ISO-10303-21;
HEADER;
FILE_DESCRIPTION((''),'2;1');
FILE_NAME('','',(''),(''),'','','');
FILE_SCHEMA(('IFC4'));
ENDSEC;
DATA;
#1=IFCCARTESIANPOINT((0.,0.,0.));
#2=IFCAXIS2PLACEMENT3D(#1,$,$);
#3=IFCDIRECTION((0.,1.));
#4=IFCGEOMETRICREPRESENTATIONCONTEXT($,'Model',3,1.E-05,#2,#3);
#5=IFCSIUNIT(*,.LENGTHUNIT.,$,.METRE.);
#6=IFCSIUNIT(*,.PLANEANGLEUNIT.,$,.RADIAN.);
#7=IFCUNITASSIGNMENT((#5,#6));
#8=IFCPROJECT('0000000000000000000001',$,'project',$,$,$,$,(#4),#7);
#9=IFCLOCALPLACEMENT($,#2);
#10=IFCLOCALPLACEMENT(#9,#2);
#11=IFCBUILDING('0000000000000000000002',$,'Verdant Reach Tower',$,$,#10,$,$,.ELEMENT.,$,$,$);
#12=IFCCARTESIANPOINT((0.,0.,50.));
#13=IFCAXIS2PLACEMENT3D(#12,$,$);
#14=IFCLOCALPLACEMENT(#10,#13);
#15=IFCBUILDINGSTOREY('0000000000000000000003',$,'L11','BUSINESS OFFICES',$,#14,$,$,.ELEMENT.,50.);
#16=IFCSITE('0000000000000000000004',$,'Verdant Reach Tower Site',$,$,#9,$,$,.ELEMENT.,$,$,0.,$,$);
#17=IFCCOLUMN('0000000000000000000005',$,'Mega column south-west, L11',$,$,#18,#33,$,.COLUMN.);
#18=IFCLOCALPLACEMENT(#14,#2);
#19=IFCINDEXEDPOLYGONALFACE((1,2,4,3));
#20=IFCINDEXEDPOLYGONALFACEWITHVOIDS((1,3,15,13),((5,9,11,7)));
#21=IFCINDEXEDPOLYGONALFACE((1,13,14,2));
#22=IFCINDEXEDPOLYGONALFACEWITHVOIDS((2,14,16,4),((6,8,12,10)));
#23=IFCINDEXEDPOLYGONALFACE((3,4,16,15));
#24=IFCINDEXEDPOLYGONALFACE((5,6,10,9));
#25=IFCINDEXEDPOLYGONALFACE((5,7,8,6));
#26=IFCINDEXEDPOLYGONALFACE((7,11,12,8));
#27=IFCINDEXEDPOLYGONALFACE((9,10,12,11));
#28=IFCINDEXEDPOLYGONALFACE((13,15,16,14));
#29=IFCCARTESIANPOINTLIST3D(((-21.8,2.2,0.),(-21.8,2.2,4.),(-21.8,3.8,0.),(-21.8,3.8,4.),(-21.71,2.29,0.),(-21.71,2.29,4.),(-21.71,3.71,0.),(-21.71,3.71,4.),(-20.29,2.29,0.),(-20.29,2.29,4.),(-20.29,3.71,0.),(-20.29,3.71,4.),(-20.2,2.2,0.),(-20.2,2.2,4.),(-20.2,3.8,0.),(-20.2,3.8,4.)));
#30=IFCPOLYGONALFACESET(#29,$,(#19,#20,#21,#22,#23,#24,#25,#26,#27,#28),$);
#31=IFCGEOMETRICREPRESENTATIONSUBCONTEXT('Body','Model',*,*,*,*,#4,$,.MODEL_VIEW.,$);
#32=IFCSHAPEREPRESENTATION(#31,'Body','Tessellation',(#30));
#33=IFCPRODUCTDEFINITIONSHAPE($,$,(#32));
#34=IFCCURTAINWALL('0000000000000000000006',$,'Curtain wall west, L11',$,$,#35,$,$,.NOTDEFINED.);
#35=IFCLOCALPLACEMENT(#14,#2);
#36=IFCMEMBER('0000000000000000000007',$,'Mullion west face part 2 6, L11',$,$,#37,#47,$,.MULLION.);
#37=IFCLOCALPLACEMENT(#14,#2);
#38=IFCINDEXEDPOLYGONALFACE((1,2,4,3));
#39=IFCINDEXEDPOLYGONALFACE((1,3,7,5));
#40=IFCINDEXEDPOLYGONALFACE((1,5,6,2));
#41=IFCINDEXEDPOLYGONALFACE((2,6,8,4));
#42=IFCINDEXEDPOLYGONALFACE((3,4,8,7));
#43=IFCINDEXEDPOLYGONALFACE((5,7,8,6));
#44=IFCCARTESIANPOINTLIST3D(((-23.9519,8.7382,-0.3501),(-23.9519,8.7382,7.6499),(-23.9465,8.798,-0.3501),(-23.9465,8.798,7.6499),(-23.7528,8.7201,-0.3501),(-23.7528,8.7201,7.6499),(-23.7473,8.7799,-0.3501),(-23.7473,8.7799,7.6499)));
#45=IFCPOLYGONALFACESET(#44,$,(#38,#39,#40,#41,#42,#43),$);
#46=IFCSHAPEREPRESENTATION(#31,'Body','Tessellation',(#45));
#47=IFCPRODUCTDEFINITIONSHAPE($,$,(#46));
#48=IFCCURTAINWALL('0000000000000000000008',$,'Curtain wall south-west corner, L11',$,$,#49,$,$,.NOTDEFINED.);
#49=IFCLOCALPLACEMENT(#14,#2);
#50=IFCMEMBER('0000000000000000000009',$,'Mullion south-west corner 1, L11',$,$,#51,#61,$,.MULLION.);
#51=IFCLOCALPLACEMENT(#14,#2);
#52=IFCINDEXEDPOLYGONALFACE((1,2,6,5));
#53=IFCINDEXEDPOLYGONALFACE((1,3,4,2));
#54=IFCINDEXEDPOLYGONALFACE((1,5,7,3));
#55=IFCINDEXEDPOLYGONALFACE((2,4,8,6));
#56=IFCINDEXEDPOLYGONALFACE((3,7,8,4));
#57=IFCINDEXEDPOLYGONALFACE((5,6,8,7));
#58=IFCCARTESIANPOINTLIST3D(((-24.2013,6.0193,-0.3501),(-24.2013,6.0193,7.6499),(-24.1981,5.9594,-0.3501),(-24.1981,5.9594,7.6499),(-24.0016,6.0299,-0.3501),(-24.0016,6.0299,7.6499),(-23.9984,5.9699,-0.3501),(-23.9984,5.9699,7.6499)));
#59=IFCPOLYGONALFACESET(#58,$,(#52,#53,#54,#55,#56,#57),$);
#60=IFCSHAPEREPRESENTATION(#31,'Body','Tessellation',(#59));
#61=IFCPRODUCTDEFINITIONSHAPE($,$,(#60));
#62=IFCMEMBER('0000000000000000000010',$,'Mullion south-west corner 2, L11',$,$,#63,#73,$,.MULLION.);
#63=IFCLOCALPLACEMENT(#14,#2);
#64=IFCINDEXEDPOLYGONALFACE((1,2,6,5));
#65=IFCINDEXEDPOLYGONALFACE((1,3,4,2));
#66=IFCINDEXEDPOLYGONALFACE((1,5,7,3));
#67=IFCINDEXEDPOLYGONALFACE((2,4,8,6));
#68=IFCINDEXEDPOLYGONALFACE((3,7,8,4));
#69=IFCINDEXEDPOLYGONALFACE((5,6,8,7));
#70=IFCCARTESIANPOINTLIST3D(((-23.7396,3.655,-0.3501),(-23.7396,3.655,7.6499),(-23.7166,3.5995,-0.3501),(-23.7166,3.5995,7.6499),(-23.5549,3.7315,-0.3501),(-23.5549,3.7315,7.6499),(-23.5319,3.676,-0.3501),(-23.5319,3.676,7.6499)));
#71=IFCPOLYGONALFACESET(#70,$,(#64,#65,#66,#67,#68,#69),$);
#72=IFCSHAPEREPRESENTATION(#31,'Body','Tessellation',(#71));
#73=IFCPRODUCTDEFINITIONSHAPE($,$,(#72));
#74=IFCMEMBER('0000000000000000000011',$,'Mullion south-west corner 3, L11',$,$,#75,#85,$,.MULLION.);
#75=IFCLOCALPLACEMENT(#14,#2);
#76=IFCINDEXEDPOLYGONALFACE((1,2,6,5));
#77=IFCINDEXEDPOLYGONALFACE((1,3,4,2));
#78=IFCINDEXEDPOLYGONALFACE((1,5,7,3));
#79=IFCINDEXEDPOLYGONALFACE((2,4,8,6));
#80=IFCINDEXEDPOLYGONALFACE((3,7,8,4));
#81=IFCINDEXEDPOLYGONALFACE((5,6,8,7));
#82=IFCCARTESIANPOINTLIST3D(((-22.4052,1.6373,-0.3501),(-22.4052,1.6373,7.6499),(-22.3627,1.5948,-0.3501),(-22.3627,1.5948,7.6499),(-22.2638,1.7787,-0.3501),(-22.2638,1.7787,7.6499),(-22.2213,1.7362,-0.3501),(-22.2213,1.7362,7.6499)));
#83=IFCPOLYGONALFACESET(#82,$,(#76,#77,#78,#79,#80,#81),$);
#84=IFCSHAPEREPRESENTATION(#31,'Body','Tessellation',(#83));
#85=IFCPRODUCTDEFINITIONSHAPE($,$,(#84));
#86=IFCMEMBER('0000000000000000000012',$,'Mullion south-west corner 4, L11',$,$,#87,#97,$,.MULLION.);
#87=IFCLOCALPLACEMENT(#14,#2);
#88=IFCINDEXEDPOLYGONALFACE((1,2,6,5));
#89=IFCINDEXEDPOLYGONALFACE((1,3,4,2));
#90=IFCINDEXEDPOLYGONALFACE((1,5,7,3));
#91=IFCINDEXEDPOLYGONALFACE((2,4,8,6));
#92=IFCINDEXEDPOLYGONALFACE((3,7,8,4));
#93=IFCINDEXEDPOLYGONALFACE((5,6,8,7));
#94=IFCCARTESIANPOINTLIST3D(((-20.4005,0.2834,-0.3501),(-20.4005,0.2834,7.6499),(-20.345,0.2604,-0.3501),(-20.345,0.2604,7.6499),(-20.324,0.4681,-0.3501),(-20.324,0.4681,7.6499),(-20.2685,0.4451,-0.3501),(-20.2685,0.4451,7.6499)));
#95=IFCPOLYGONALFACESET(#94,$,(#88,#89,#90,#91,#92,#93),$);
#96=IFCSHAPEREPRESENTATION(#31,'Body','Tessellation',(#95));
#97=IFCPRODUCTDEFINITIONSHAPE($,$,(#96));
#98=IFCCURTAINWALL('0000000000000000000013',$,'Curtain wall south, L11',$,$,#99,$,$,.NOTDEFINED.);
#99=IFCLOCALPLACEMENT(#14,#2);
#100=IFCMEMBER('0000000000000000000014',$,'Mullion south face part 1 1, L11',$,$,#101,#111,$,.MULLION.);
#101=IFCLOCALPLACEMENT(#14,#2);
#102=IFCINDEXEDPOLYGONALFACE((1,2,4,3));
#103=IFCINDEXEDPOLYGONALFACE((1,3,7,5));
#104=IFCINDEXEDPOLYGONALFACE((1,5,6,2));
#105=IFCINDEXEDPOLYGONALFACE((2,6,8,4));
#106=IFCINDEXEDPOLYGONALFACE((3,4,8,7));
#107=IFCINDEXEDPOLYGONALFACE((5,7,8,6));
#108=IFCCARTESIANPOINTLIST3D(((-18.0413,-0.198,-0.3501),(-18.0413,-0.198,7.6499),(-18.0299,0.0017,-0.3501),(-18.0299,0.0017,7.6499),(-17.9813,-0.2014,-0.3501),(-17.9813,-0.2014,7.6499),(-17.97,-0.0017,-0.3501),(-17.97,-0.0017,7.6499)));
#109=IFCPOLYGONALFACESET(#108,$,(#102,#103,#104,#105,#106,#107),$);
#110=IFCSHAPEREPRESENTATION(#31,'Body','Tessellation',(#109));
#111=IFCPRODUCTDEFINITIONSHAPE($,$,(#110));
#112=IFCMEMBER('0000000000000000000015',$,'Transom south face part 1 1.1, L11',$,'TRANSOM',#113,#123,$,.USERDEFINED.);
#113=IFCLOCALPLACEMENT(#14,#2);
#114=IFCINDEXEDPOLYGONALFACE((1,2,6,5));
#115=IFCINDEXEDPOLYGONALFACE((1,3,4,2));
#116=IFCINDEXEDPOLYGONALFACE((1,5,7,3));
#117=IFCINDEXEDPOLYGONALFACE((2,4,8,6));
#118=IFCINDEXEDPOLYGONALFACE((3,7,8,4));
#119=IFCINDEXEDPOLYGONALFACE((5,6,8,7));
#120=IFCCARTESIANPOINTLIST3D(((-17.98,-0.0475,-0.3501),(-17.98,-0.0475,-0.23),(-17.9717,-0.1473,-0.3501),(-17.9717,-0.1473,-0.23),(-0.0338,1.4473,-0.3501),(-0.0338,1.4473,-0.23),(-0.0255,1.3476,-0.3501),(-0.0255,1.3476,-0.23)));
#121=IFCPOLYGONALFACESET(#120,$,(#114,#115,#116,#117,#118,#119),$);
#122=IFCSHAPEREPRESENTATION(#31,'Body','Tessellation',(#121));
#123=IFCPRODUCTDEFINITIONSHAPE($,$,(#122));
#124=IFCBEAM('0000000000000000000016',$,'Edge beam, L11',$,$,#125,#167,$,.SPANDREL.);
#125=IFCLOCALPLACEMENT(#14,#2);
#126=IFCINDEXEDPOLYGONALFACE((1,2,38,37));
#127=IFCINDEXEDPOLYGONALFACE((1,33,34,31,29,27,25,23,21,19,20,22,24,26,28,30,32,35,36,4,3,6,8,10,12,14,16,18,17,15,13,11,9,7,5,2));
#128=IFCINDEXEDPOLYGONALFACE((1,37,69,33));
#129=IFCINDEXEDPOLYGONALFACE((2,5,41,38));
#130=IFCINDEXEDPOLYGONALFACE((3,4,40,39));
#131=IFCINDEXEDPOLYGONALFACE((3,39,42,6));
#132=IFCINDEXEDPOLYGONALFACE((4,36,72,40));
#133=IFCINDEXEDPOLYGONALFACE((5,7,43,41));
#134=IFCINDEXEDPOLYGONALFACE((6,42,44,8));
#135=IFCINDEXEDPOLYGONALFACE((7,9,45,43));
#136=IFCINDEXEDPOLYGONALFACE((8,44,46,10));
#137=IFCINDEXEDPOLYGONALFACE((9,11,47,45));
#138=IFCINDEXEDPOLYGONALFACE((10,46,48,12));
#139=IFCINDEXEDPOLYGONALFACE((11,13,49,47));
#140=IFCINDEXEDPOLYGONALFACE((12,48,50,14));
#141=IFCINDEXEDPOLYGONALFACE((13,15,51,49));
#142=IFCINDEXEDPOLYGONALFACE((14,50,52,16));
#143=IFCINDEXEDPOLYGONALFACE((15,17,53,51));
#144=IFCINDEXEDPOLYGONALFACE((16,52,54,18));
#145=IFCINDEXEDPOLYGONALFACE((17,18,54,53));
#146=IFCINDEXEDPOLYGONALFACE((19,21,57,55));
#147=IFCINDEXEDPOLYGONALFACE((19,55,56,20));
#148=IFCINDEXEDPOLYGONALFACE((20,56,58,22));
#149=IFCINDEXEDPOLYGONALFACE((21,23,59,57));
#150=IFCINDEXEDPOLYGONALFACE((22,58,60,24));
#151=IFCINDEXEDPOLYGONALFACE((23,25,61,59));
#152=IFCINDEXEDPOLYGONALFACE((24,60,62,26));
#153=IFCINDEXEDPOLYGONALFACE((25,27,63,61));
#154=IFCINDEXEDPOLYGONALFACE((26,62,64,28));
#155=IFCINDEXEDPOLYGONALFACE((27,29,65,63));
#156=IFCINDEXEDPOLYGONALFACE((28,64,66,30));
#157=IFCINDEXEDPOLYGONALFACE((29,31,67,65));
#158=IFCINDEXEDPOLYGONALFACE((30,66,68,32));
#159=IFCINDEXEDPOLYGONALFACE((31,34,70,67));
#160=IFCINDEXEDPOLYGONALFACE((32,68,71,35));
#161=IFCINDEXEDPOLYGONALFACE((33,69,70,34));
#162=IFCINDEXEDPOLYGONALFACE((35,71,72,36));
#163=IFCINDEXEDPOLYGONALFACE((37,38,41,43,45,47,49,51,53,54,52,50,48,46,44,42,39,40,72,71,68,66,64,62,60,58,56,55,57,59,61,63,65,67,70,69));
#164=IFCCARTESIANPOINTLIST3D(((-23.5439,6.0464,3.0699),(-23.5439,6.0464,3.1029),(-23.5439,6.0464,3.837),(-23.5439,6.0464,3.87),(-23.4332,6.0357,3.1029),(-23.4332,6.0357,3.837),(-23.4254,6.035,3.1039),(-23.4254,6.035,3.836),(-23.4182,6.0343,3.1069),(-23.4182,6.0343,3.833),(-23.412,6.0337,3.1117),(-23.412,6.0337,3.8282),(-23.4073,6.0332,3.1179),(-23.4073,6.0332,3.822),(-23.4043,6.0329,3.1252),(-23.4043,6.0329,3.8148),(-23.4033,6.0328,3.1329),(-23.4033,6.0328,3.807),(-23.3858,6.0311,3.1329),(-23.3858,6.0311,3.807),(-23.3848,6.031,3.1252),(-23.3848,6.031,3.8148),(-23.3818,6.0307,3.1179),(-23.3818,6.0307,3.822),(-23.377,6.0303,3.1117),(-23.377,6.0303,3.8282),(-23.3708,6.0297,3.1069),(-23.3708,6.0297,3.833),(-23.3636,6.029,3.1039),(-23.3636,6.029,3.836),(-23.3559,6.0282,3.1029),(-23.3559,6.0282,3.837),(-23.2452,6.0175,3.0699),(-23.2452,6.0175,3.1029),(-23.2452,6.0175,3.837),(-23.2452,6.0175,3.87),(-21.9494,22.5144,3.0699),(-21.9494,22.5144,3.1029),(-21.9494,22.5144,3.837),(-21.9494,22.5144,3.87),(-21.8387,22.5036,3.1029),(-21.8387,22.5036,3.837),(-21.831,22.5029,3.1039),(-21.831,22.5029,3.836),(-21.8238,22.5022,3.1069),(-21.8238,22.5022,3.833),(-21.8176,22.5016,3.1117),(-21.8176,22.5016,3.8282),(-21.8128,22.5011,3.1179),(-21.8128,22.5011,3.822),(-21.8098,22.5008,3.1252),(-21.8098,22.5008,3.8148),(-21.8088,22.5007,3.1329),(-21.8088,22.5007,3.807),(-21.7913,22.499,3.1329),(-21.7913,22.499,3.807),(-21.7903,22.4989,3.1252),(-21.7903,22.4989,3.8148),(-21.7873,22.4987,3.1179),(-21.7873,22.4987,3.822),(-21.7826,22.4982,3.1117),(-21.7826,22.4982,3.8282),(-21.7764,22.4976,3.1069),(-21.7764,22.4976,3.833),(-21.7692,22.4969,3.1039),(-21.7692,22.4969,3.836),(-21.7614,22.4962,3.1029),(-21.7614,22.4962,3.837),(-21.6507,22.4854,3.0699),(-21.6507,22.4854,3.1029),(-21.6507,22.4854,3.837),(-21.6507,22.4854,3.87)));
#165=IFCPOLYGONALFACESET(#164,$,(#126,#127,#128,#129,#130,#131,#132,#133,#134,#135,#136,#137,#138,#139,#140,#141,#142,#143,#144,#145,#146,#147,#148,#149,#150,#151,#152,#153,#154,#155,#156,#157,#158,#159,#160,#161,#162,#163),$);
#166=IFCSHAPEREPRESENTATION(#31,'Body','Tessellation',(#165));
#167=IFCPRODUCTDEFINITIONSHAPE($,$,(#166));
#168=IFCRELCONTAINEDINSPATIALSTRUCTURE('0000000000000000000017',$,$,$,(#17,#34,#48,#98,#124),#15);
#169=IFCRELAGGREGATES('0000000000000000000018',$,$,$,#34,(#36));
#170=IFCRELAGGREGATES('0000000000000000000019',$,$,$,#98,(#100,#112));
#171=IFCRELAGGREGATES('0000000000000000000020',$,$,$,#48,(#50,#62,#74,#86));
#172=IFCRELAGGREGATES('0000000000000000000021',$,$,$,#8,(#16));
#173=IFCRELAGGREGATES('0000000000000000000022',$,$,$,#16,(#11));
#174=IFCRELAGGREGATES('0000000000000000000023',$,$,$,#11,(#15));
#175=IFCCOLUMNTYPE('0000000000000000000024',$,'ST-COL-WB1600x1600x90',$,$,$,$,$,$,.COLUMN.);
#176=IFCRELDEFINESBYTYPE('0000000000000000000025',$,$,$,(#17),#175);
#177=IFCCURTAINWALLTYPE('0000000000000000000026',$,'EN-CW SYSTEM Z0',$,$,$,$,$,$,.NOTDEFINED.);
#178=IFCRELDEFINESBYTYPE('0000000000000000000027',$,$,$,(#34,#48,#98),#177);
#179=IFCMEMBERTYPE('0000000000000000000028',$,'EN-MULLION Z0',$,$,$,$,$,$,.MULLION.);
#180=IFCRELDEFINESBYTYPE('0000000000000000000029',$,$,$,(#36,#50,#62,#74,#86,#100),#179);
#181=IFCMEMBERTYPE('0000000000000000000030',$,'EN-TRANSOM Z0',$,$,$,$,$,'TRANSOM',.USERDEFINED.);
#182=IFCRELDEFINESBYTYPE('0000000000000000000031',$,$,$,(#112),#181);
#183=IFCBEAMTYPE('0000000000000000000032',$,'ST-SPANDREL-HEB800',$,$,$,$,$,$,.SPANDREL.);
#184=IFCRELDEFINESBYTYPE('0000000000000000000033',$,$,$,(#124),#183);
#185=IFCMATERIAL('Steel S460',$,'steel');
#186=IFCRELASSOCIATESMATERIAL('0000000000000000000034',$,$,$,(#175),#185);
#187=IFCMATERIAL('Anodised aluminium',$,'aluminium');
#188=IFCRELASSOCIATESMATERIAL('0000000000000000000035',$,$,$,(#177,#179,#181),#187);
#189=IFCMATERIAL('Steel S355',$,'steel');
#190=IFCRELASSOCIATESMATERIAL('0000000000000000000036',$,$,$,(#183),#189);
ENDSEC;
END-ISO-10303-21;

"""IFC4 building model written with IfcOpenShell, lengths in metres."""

from ifc_helpers import new_model, si_unit, direction, frame, origin, origin_2d, place, context, subcontext, project, spatial, rectangle, hollow_rectangle, i_section, extrude, material, material_profile, profile_set, type_object, element, aggregate, save


model = new_model("IFC4")

# Units and contexts
model_context = context("Model", 3, precision=1e-05, world=origin(), true_north=direction((0.0, 1.0)))
body_context = subcontext(model_context, "Body", "Model", "MODEL_VIEW")
ifc_project = project(units=[si_unit("LENGTHUNIT", "METRE"), si_unit("PLANEANGLEUNIT", "RADIAN")], contexts=[model_context])

# Site, building, storey
site_placement = place(None, origin())
site = spatial("IfcSite", under=ifc_project, at=site_placement, Name="Verdant Reach Tower Site", CompositionType="ELEMENT", RefElevation=0.0)
building_placement = place(site_placement, origin())
building = spatial("IfcBuilding", under=site, at=building_placement, Name="Verdant Reach Tower", CompositionType="ELEMENT")
storey_placement = place(building_placement, frame((0.0, 0.0, 50.0)))
storey = spatial("IfcBuildingStorey", under=building, at=storey_placement, Name="L11", Description="BUSINESS OFFICES", CompositionType="ELEMENT", Elevation=50.0)

# Column
ifc_material_1 = material(Name="Steel S460", Category="steel")
ifc_material_profile_1 = material_profile(ifc_material_1, hollow_rectangle(XDim=1.6001, YDim=1.6001, WallThickness=0.0901, at=origin_2d()), Name="WB 1600x1600x90")
ifc_profile_set_1 = profile_set([ifc_material_profile_1], Name="Steel S460")
column_type = type_object("IfcColumnType", Name="ST-COL-WB1600x1600x90", PredefinedType="COLUMN", material=ifc_profile_set_1)
column_placement = place(storey_placement, frame((-21.0, 3.0, 0.0), z_axis=(0.0, 0.0, 1.0), x_axis=(1.0, 0.0, 0.0)))
element("IfcColumn", 1, at=column_placement, inside=storey, type_object=column_type, Name="Mega column south-west, L11", PredefinedType="COLUMN", context=body_context, shape_type="SweptSolid", body=[
    extrude(hollow_rectangle(XDim=1.6001, YDim=1.6001, WallThickness=0.0901, at=origin_2d()), origin(), (0.0, 0.0, 1.0), 4.0),
])

# Curtain wall, member
ifc_material_2 = material(Name="Anodised aluminium", Category="aluminium")
curtain_wall_type = type_object("IfcCurtainWallType", Name="EN-CW SYSTEM Z0", PredefinedType="NOTDEFINED", material=ifc_material_2)
curtain_wall_1_placement = place(storey_placement, origin())
curtain_wall_1 = element("IfcCurtainWall", 2, at=curtain_wall_1_placement, inside=storey, type_object=curtain_wall_type, Name="Curtain wall west, L11", PredefinedType="NOTDEFINED")
ifc_material_profile_2 = material_profile(ifc_material_2, rectangle(XDim=0.2, YDim=0.0601, at=origin_2d()), Name="Mullion 60x200")
ifc_profile_set_2 = profile_set([ifc_material_profile_2], Name="Anodised aluminium")
member_type_1 = type_object("IfcMemberType", Name="EN-MULLION Z0", PredefinedType="MULLION", material=ifc_profile_set_2)
member_1_placement = place(storey_placement, frame((-23.8496, 8.759, -0.3501), z_axis=(0.0, 0.0, 1.0), x_axis=(-0.995893, 0.090536, 0.0)))
member_1 = element("IfcMember", 3, at=member_1_placement, type_object=member_type_1, Name="Mullion west face part 2 6, L11", PredefinedType="MULLION", context=body_context, shape_type="SweptSolid", body=[
    extrude(rectangle(XDim=0.2, YDim=0.0601, at=origin_2d()), origin(), (0.0, 0.0, 1.0), 8.0),
])

# Curtain walls, members
curtain_wall_2_placement = place(storey_placement, origin())
curtain_wall_2 = element("IfcCurtainWall", 4, at=curtain_wall_2_placement, inside=storey, type_object=curtain_wall_type, Name="Curtain wall south-west corner, L11", PredefinedType="NOTDEFINED")
member_2_placement = place(storey_placement, frame((-24.0999, 5.9946, -0.3501), z_axis=(0.0, 0.0, 1.0), x_axis=(-0.998604, -0.052815, 0.0)))
member_2 = element("IfcMember", 5, at=member_2_placement, type_object=member_type_1, Name="Mullion south-west corner 1, L11", PredefinedType="MULLION", context=body_context, shape_type="SweptSolid", body=[
    extrude(rectangle(XDim=0.2, YDim=0.0601, at=origin_2d()), origin(), (0.0, 0.0, 1.0), 8.0),
])
member_3_placement = place(storey_placement, frame((-23.6357, 3.6655, -0.3501), z_axis=(0.0, 0.0, 1.0), x_axis=(-0.923875, -0.382694, 0.0)))
member_3 = element("IfcMember", 6, at=member_3_placement, type_object=member_type_1, Name="Mullion south-west corner 2, L11", PredefinedType="MULLION", context=body_context, shape_type="SweptSolid", body=[
    extrude(rectangle(XDim=0.2, YDim=0.0601, at=origin_2d()), origin(), (0.0, 0.0, 1.0), 8.0),
])
member_4_placement = place(storey_placement, frame((-22.3132, 1.6868, -0.3501), z_axis=(0.0, 0.0, 1.0), x_axis=(-0.707107, -0.707107, 0.0)))
member_4 = element("IfcMember", 7, at=member_4_placement, type_object=member_type_1, Name="Mullion south-west corner 3, L11", PredefinedType="MULLION", context=body_context, shape_type="SweptSolid", body=[
    extrude(rectangle(XDim=0.2, YDim=0.0601, at=origin_2d()), origin(), (0.0, 0.0, 1.0), 8.0),
])
member_5_placement = place(storey_placement, frame((-20.3345, 0.3643, -0.3501), z_axis=(0.0, 0.0, 1.0), x_axis=(-0.382694, -0.923875, 0.0)))
member_5 = element("IfcMember", 8, at=member_5_placement, type_object=member_type_1, Name="Mullion south-west corner 4, L11", PredefinedType="MULLION", context=body_context, shape_type="SweptSolid", body=[
    extrude(rectangle(XDim=0.2, YDim=0.0601, at=origin_2d()), origin(), (0.0, 0.0, 1.0), 8.0),
])
curtain_wall_3_placement = place(storey_placement, origin())
curtain_wall_3 = element("IfcCurtainWall", 9, at=curtain_wall_3_placement, inside=storey, type_object=curtain_wall_type, Name="Curtain wall south, L11", PredefinedType="NOTDEFINED")
member_6_placement = place(storey_placement, frame((-18.0056, -0.0999, -0.3501), z_axis=(0.0, 0.0, 1.0), x_axis=(-0.056569, -0.998399, 0.0)))
member_6 = element("IfcMember", 10, at=member_6_placement, type_object=member_type_1, Name="Mullion south face part 1 1, L11", PredefinedType="MULLION", context=body_context, shape_type="SweptSolid", body=[
    extrude(rectangle(XDim=0.2, YDim=0.0601, at=origin_2d()), origin(), (0.0, 0.0, 1.0), 8.0),
])
ifc_material_profile_3 = material_profile(ifc_material_2, rectangle(XDim=0.1001, YDim=0.1201, at=origin_2d()), Name="Transom 120x100")
ifc_profile_set_3 = profile_set([ifc_material_profile_3], Name="Anodised aluminium")
member_type_2 = type_object("IfcMemberType", Name="EN-TRANSOM Z0", ElementType="TRANSOM", PredefinedType="USERDEFINED", material=ifc_profile_set_3)
member_7_placement = place(storey_placement, frame((-17.9758, -0.0974, -0.29), z_axis=(0.996549, 0.083011, 0.0), x_axis=(-0.083011, 0.996549, 0.0)))
member_7 = element("IfcMember", 11, at=member_7_placement, type_object=member_type_2, Name="Transom south face part 1 1.1, L11", ObjectType="TRANSOM", PredefinedType="USERDEFINED", context=body_context, shape_type="SweptSolid", body=[
    extrude(rectangle(XDim=0.1001, YDim=0.1201, at=origin_2d()), origin(), (0.0, 0.0, 1.0), 18.0083),
])

# Beam
ifc_material_3 = material(Name="Steel S355", Category="steel")
ifc_material_profile_4 = material_profile(ifc_material_3, i_section(OverallWidth=0.3, OverallDepth=0.8, WebThickness=0.0176, FlangeThickness=0.033, FilletRadius=0.03, at=origin_2d()), Name="HEB 800")
ifc_profile_set_4 = profile_set([ifc_material_profile_4], Name="Steel S355")
beam_type_1 = type_object("IfcBeamType", Name="ST-SPANDREL-HEB800", PredefinedType="SPANDREL", material=ifc_profile_set_4)
beam_1_placement = place(storey_placement, frame((-23.3945, 6.032, 3.47), z_axis=(0.096372, 0.995345, 0.0), x_axis=(-0.995345, 0.096372, 0.0)))
element("IfcBeam", 12, at=beam_1_placement, inside=storey, type_object=beam_type_1, Name="Edge beam, L11", PredefinedType="SPANDREL", context=body_context, shape_type="SweptSolid", body=[
    extrude(i_section(OverallWidth=0.3, OverallDepth=0.8, WebThickness=0.0176, FlangeThickness=0.033, FilletRadius=0.03, at=origin_2d()), origin(), (0.0, 0.0, 1.0), 16.5449),
])

aggregate(curtain_wall_1, [member_1])
aggregate(curtain_wall_3, [member_6, member_7])
aggregate(curtain_wall_2, [member_2, member_3, member_4, member_5])

save(model, "model.ifc")
